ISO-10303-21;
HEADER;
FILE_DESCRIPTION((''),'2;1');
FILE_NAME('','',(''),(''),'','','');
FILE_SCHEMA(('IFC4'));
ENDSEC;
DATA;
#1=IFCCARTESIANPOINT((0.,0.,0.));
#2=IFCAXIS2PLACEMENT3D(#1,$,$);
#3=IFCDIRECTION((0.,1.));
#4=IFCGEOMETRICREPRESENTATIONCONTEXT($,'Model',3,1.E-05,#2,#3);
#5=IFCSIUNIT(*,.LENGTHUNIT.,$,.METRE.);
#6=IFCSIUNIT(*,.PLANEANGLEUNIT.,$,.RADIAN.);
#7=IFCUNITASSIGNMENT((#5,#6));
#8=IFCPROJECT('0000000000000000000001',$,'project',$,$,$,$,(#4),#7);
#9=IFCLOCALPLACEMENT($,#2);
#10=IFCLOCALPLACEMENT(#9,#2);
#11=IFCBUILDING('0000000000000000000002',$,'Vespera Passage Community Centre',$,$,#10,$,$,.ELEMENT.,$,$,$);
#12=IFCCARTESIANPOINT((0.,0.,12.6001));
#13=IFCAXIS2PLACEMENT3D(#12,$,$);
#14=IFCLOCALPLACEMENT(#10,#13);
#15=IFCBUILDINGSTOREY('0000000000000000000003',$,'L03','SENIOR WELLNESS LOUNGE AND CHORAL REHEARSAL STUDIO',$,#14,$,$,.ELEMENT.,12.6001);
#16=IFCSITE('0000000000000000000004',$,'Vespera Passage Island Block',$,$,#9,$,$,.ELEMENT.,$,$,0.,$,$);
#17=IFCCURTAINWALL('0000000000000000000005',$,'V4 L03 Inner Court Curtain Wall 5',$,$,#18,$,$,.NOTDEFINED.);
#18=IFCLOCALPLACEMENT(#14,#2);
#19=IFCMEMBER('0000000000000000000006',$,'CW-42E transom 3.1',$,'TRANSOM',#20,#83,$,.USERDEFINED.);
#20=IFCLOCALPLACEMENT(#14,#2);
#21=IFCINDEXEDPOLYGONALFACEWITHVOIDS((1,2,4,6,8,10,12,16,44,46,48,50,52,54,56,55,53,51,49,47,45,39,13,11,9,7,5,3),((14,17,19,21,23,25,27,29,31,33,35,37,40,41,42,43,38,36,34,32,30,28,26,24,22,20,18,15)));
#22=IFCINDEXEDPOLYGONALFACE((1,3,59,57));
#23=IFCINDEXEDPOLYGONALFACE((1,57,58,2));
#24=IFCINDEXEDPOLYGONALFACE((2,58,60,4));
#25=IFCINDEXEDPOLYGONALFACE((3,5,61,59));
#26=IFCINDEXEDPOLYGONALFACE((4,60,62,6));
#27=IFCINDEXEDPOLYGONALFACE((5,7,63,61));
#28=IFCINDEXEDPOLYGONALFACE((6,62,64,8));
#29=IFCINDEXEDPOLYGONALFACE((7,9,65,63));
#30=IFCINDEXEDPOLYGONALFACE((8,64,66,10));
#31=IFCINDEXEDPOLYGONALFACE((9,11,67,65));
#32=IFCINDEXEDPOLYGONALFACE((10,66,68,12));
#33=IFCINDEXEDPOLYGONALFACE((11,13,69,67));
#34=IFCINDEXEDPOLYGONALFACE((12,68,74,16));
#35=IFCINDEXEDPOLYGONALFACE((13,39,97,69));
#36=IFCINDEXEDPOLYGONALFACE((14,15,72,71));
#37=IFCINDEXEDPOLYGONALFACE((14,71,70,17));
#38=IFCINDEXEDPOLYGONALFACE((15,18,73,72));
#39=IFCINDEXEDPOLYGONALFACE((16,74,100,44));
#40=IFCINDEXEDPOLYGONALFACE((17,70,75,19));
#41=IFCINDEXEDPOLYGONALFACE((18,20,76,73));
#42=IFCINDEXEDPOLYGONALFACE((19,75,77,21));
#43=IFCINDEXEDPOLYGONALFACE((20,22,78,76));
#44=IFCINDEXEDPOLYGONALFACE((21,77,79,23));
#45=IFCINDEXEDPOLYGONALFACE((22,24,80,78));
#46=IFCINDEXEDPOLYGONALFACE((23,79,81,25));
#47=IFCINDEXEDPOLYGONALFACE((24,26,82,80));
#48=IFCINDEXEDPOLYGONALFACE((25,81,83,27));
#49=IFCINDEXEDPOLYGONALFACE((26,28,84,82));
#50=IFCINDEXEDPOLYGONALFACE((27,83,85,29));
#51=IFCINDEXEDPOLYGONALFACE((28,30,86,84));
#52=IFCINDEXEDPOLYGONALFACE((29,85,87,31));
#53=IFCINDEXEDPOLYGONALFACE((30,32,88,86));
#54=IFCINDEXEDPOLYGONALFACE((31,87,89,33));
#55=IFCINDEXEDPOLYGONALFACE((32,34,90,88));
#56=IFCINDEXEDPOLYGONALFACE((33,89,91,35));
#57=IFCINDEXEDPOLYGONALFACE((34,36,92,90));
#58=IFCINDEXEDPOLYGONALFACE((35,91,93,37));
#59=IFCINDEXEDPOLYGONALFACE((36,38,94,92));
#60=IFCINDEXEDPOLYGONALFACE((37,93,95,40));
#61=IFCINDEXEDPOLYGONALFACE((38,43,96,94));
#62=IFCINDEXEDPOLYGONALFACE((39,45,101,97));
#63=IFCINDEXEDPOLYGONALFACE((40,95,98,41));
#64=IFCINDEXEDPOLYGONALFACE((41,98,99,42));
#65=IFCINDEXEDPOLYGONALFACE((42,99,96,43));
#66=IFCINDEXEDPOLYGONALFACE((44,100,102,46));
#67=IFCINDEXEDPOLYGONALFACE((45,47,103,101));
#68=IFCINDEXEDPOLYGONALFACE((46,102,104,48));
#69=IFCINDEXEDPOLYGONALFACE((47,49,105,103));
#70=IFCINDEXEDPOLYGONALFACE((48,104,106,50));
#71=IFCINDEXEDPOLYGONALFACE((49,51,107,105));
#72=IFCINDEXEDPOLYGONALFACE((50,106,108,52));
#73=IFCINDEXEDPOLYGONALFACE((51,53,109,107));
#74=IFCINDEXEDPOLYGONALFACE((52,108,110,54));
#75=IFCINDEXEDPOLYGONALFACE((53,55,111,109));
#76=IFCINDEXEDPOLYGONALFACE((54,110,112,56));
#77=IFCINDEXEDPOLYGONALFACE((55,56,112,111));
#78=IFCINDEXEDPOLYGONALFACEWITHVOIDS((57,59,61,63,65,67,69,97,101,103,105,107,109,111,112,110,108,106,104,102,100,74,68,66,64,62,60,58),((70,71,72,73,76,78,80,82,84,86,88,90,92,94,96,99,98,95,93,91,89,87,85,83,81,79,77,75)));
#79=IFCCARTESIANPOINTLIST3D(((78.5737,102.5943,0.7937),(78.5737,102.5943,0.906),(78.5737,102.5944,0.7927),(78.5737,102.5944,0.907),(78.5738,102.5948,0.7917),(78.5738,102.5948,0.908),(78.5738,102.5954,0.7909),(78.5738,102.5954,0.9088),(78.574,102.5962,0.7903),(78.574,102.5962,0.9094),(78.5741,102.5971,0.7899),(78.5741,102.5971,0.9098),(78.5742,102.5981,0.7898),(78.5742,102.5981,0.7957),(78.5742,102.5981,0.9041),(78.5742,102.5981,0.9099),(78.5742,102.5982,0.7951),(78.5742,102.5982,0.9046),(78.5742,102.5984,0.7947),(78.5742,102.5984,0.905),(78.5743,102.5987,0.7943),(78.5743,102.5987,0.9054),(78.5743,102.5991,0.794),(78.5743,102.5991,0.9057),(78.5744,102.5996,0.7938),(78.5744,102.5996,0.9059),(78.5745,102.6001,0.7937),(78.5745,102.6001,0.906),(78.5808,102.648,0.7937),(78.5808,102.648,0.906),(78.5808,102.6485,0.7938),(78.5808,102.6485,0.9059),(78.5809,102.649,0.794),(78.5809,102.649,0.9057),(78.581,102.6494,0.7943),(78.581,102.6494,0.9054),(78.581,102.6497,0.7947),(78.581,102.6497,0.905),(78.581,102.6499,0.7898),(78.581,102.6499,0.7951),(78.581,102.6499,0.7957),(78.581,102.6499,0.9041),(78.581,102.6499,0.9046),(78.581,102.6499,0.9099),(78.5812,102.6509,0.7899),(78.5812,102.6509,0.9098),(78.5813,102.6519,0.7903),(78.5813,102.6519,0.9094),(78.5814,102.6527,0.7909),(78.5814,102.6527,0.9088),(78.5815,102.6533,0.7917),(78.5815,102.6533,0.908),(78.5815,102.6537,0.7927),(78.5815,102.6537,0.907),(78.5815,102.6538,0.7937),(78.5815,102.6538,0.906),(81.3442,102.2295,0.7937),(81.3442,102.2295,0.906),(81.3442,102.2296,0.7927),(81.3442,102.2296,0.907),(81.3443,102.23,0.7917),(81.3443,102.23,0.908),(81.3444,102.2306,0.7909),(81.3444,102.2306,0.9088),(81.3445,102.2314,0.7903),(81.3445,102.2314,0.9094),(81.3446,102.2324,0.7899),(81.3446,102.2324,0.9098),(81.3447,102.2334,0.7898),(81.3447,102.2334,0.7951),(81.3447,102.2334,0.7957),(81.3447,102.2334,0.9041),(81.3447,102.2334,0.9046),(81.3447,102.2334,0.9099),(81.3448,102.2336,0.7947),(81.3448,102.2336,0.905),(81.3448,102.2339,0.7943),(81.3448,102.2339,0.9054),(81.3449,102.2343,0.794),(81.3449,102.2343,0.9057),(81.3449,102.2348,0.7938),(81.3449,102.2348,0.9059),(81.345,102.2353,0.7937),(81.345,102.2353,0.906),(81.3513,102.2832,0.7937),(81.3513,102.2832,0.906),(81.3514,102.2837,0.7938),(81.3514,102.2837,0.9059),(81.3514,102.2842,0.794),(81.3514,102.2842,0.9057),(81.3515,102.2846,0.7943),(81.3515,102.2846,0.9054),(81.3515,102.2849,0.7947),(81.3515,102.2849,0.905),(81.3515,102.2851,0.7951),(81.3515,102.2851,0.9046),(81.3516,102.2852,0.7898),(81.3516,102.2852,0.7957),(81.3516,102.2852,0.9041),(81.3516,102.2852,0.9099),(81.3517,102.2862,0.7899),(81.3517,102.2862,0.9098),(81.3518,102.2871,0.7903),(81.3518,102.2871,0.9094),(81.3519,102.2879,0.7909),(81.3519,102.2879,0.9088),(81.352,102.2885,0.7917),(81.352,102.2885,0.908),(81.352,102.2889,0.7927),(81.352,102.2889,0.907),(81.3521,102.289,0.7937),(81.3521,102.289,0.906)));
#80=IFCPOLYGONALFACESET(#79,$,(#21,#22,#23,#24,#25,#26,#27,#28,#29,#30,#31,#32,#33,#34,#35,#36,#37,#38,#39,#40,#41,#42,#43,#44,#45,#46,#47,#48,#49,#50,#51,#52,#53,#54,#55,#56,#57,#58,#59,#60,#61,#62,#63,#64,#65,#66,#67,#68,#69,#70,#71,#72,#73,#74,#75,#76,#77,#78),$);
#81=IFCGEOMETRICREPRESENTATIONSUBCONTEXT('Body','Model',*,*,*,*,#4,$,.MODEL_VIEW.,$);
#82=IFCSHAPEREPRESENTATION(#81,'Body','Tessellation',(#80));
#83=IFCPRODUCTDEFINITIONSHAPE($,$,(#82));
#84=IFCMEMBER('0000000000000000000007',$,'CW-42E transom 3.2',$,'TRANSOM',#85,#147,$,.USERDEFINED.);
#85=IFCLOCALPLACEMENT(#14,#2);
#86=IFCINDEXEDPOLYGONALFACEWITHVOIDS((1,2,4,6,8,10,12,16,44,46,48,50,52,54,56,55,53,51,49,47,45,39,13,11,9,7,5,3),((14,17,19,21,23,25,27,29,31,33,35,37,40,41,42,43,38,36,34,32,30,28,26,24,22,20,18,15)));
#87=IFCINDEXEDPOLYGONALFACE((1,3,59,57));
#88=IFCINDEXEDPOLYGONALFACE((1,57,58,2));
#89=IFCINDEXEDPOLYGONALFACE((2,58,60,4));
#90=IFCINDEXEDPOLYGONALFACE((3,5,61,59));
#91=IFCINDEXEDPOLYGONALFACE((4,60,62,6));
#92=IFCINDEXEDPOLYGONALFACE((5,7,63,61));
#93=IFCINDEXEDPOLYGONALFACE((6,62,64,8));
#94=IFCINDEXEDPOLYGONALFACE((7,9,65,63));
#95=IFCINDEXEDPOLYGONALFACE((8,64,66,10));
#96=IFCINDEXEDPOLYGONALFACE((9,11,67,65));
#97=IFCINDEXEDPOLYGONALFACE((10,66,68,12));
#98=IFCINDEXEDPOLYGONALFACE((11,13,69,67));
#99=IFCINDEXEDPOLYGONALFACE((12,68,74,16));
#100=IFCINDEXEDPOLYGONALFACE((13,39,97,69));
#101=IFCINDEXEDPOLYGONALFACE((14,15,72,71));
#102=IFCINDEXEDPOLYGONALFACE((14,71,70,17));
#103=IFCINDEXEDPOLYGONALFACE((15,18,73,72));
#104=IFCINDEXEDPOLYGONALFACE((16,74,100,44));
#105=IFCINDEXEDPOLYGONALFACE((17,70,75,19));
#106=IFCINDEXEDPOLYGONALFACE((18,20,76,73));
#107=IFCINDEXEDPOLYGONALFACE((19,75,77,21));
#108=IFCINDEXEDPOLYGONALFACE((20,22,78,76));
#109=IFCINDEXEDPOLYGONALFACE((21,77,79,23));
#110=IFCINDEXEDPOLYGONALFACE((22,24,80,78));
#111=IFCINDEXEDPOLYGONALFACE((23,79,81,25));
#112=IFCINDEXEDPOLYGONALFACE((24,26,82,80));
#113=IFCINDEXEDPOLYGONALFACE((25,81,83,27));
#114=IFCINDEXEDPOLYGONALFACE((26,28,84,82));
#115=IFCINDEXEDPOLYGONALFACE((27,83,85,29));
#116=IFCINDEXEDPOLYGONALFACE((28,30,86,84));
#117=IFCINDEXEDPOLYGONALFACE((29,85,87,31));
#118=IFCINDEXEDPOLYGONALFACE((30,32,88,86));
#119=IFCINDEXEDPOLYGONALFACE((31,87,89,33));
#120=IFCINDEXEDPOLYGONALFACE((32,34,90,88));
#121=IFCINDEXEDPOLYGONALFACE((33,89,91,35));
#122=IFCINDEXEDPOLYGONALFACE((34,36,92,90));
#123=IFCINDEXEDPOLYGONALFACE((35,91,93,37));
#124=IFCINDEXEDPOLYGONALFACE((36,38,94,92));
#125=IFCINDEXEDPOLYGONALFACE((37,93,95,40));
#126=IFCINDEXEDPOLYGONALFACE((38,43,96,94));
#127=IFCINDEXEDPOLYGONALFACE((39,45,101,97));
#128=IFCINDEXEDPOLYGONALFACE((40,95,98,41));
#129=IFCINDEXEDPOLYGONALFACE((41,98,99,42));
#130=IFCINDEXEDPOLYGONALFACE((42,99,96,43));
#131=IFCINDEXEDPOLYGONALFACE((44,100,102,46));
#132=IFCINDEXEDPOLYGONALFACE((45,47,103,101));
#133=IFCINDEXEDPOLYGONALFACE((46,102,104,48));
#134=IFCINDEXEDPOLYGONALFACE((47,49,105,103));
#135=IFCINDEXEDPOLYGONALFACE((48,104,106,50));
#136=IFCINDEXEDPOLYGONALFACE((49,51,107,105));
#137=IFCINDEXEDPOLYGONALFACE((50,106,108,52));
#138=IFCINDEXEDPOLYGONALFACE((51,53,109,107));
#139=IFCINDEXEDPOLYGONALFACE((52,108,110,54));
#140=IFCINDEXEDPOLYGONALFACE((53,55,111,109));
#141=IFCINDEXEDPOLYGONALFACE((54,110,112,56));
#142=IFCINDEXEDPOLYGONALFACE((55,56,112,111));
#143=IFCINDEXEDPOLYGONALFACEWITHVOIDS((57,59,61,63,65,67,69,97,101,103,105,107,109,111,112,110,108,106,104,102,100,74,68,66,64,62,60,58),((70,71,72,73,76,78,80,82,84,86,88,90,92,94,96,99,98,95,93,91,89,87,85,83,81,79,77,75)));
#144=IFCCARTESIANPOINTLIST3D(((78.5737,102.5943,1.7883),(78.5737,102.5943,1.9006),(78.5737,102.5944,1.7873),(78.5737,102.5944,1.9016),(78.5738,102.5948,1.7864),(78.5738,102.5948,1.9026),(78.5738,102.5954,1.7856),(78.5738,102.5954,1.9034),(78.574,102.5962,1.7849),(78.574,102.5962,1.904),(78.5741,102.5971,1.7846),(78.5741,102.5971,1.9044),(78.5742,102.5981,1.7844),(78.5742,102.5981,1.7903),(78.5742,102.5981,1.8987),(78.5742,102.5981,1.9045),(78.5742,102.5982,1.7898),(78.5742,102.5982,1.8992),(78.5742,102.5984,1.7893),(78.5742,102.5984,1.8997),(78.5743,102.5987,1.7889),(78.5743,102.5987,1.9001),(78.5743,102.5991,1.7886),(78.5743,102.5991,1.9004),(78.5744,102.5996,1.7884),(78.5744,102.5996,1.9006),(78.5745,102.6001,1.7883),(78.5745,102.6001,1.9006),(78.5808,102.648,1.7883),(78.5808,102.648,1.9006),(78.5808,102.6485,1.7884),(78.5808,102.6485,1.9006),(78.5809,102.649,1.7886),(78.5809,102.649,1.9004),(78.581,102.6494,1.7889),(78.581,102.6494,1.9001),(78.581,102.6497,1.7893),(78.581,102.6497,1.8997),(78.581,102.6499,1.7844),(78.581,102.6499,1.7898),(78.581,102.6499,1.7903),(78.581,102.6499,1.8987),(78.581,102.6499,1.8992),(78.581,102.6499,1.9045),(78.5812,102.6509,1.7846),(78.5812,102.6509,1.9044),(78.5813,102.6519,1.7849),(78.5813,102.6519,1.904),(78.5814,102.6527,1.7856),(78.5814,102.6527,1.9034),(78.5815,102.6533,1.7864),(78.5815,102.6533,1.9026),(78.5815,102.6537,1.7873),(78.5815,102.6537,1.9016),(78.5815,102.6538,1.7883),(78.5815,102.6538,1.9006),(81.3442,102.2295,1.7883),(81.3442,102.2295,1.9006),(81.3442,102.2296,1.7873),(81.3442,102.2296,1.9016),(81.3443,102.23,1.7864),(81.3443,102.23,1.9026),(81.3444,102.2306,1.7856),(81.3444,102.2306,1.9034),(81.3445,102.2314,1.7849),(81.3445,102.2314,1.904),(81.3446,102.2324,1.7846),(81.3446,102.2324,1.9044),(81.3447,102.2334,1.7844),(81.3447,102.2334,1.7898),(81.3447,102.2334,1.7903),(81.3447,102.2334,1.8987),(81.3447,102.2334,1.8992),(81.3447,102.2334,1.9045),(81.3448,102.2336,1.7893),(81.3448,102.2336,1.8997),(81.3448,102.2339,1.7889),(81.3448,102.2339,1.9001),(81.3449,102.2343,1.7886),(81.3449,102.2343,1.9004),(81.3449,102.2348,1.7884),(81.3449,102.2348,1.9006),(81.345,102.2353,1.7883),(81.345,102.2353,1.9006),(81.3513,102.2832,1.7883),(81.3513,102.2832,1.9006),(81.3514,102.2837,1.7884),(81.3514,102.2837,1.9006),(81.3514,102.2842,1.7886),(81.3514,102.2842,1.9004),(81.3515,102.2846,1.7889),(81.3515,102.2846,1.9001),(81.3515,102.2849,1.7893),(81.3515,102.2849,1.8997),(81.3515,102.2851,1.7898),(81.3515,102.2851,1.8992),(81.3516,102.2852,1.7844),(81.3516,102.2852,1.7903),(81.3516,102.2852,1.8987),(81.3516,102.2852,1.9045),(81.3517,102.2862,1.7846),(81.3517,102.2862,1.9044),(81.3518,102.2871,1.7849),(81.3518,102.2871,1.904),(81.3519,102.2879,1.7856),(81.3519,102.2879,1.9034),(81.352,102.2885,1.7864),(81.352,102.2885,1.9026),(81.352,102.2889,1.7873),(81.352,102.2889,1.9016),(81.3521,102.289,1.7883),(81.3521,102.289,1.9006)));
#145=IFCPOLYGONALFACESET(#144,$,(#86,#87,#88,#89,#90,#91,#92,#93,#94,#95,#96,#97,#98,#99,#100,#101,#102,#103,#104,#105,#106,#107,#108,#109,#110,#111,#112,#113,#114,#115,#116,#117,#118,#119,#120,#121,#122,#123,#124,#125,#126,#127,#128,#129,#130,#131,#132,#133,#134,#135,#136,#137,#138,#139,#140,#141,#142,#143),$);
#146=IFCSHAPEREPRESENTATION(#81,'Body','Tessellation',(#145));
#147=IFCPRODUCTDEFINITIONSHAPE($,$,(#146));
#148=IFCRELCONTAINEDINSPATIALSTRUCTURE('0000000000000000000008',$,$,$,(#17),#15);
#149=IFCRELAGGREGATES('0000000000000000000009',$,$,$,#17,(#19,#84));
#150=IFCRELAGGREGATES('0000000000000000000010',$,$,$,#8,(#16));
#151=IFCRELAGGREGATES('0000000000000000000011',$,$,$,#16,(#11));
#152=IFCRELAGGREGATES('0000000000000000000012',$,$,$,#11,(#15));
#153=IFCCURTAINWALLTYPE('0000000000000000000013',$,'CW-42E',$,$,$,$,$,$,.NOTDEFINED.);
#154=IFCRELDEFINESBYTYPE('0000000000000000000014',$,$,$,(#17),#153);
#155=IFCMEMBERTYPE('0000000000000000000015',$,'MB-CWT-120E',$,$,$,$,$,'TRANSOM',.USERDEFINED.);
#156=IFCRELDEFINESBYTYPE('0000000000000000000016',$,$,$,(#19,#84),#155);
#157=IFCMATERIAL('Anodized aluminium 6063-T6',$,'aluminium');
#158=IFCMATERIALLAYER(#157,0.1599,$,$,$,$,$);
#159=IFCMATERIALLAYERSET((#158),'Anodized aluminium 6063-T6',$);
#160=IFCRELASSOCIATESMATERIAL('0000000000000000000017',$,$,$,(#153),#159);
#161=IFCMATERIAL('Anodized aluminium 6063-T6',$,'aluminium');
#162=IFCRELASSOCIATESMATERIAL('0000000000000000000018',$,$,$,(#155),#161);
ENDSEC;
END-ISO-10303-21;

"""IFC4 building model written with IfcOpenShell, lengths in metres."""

from ifc_helpers import new_model, si_unit, direction, frame, origin, origin_2d, place, context, subcontext, project, spatial, hollow_rectangle, extrude, material, layer, layer_set, material_profile, profile_set, type_object, element, aggregate, save


model = new_model("IFC4")

# Units and contexts
model_context = context("Model", 3, precision=1e-05, world=origin(), true_north=direction((0.0, 1.0)))
body_context = subcontext(model_context, "Body", "Model", "MODEL_VIEW")
ifc_project = project(units=[si_unit("LENGTHUNIT", "METRE"), si_unit("PLANEANGLEUNIT", "RADIAN")], contexts=[model_context])

# Site, building, storey
site_placement = place(None, origin())
site = spatial("IfcSite", under=ifc_project, at=site_placement, Name="Vespera Passage Island Block", CompositionType="ELEMENT", RefElevation=0.0)
building_placement = place(site_placement, origin())
building = spatial("IfcBuilding", under=site, at=building_placement, Name="Vespera Passage Community Centre", CompositionType="ELEMENT")
storey_placement = place(building_placement, frame((0.0, 0.0, 12.6001)))
storey = spatial("IfcBuildingStorey", under=building, at=storey_placement, Name="L03", Description="SENIOR WELLNESS LOUNGE AND CHORAL REHEARSAL STUDIO", CompositionType="ELEMENT", Elevation=12.6001)

# Curtain wall, members
ifc_material_1 = material(Name="Anodized aluminium 6063-T6", Category="aluminium")
ifc_layer_1 = layer(ifc_material_1, 0.1599)
ifc_layer_set_1 = layer_set([ifc_layer_1], Name="Anodized aluminium 6063-T6")
curtain_wall_type = type_object("IfcCurtainWallType", Name="CW-42E", PredefinedType="NOTDEFINED", material=ifc_layer_set_1)
curtain_wall_placement = place(storey_placement, origin())
curtain_wall = element("IfcCurtainWall", 1, at=curtain_wall_placement, inside=storey, type_object=curtain_wall_type, Name="V4 L03 Inner Court Curtain Wall 5", PredefinedType="NOTDEFINED")
ifc_material_2 = material(Name="Anodized aluminium 6063-T6", Category="aluminium")
ifc_material_profile_1 = material_profile(ifc_material_2, hollow_rectangle(XDim=0.0601, YDim=0.1201, WallThickness=0.0039, InnerFilletRadius=0.002, OuterFilletRadius=0.0039, at=origin_2d()), Name="ALU120X60X4")
ifc_profile_set_1 = profile_set([ifc_material_profile_1], Name="Anodized aluminium 6063-T6")
member_type_1 = type_object("IfcMemberType", Name="MB-CWT-120E", ElementType="TRANSOM", PredefinedType="USERDEFINED", material=ifc_profile_set_1)
member_1_placement = place(storey_placement, frame((81.3481, 102.2593, 0.8499), z_axis=(-0.991445, 0.130527, 0.0), x_axis=(-0.130527, -0.991445, 0.0)))
member_1 = element("IfcMember", 2, at=member_1_placement, type_object=member_type_1, Name="CW-42E transom 3.1", ObjectType="TRANSOM", PredefinedType="USERDEFINED", context=body_context, shape_type="SweptSolid", body=[
    extrude(hollow_rectangle(XDim=0.0601, YDim=0.1201, WallThickness=0.0039, InnerFilletRadius=0.002, OuterFilletRadius=0.0039, at=origin_2d()), origin(), (0.0, 0.0, 1.0), 2.7944),
])
member_2_placement = place(storey_placement, frame((81.3481, 102.2593, 1.8445), z_axis=(-0.991445, 0.130527, 0.0), x_axis=(-0.130527, -0.991445, 0.0)))
member_2 = element("IfcMember", 3, at=member_2_placement, type_object=member_type_1, Name="CW-42E transom 3.2", ObjectType="TRANSOM", PredefinedType="USERDEFINED", context=body_context, shape_type="SweptSolid", body=[
    extrude(hollow_rectangle(XDim=0.0601, YDim=0.1201, WallThickness=0.0039, InnerFilletRadius=0.002, OuterFilletRadius=0.0039, at=origin_2d()), origin(), (0.0, 0.0, 1.0), 2.7944),
])
aggregate(curtain_wall, [member_1, member_2])

save(model, "model.ifc")
